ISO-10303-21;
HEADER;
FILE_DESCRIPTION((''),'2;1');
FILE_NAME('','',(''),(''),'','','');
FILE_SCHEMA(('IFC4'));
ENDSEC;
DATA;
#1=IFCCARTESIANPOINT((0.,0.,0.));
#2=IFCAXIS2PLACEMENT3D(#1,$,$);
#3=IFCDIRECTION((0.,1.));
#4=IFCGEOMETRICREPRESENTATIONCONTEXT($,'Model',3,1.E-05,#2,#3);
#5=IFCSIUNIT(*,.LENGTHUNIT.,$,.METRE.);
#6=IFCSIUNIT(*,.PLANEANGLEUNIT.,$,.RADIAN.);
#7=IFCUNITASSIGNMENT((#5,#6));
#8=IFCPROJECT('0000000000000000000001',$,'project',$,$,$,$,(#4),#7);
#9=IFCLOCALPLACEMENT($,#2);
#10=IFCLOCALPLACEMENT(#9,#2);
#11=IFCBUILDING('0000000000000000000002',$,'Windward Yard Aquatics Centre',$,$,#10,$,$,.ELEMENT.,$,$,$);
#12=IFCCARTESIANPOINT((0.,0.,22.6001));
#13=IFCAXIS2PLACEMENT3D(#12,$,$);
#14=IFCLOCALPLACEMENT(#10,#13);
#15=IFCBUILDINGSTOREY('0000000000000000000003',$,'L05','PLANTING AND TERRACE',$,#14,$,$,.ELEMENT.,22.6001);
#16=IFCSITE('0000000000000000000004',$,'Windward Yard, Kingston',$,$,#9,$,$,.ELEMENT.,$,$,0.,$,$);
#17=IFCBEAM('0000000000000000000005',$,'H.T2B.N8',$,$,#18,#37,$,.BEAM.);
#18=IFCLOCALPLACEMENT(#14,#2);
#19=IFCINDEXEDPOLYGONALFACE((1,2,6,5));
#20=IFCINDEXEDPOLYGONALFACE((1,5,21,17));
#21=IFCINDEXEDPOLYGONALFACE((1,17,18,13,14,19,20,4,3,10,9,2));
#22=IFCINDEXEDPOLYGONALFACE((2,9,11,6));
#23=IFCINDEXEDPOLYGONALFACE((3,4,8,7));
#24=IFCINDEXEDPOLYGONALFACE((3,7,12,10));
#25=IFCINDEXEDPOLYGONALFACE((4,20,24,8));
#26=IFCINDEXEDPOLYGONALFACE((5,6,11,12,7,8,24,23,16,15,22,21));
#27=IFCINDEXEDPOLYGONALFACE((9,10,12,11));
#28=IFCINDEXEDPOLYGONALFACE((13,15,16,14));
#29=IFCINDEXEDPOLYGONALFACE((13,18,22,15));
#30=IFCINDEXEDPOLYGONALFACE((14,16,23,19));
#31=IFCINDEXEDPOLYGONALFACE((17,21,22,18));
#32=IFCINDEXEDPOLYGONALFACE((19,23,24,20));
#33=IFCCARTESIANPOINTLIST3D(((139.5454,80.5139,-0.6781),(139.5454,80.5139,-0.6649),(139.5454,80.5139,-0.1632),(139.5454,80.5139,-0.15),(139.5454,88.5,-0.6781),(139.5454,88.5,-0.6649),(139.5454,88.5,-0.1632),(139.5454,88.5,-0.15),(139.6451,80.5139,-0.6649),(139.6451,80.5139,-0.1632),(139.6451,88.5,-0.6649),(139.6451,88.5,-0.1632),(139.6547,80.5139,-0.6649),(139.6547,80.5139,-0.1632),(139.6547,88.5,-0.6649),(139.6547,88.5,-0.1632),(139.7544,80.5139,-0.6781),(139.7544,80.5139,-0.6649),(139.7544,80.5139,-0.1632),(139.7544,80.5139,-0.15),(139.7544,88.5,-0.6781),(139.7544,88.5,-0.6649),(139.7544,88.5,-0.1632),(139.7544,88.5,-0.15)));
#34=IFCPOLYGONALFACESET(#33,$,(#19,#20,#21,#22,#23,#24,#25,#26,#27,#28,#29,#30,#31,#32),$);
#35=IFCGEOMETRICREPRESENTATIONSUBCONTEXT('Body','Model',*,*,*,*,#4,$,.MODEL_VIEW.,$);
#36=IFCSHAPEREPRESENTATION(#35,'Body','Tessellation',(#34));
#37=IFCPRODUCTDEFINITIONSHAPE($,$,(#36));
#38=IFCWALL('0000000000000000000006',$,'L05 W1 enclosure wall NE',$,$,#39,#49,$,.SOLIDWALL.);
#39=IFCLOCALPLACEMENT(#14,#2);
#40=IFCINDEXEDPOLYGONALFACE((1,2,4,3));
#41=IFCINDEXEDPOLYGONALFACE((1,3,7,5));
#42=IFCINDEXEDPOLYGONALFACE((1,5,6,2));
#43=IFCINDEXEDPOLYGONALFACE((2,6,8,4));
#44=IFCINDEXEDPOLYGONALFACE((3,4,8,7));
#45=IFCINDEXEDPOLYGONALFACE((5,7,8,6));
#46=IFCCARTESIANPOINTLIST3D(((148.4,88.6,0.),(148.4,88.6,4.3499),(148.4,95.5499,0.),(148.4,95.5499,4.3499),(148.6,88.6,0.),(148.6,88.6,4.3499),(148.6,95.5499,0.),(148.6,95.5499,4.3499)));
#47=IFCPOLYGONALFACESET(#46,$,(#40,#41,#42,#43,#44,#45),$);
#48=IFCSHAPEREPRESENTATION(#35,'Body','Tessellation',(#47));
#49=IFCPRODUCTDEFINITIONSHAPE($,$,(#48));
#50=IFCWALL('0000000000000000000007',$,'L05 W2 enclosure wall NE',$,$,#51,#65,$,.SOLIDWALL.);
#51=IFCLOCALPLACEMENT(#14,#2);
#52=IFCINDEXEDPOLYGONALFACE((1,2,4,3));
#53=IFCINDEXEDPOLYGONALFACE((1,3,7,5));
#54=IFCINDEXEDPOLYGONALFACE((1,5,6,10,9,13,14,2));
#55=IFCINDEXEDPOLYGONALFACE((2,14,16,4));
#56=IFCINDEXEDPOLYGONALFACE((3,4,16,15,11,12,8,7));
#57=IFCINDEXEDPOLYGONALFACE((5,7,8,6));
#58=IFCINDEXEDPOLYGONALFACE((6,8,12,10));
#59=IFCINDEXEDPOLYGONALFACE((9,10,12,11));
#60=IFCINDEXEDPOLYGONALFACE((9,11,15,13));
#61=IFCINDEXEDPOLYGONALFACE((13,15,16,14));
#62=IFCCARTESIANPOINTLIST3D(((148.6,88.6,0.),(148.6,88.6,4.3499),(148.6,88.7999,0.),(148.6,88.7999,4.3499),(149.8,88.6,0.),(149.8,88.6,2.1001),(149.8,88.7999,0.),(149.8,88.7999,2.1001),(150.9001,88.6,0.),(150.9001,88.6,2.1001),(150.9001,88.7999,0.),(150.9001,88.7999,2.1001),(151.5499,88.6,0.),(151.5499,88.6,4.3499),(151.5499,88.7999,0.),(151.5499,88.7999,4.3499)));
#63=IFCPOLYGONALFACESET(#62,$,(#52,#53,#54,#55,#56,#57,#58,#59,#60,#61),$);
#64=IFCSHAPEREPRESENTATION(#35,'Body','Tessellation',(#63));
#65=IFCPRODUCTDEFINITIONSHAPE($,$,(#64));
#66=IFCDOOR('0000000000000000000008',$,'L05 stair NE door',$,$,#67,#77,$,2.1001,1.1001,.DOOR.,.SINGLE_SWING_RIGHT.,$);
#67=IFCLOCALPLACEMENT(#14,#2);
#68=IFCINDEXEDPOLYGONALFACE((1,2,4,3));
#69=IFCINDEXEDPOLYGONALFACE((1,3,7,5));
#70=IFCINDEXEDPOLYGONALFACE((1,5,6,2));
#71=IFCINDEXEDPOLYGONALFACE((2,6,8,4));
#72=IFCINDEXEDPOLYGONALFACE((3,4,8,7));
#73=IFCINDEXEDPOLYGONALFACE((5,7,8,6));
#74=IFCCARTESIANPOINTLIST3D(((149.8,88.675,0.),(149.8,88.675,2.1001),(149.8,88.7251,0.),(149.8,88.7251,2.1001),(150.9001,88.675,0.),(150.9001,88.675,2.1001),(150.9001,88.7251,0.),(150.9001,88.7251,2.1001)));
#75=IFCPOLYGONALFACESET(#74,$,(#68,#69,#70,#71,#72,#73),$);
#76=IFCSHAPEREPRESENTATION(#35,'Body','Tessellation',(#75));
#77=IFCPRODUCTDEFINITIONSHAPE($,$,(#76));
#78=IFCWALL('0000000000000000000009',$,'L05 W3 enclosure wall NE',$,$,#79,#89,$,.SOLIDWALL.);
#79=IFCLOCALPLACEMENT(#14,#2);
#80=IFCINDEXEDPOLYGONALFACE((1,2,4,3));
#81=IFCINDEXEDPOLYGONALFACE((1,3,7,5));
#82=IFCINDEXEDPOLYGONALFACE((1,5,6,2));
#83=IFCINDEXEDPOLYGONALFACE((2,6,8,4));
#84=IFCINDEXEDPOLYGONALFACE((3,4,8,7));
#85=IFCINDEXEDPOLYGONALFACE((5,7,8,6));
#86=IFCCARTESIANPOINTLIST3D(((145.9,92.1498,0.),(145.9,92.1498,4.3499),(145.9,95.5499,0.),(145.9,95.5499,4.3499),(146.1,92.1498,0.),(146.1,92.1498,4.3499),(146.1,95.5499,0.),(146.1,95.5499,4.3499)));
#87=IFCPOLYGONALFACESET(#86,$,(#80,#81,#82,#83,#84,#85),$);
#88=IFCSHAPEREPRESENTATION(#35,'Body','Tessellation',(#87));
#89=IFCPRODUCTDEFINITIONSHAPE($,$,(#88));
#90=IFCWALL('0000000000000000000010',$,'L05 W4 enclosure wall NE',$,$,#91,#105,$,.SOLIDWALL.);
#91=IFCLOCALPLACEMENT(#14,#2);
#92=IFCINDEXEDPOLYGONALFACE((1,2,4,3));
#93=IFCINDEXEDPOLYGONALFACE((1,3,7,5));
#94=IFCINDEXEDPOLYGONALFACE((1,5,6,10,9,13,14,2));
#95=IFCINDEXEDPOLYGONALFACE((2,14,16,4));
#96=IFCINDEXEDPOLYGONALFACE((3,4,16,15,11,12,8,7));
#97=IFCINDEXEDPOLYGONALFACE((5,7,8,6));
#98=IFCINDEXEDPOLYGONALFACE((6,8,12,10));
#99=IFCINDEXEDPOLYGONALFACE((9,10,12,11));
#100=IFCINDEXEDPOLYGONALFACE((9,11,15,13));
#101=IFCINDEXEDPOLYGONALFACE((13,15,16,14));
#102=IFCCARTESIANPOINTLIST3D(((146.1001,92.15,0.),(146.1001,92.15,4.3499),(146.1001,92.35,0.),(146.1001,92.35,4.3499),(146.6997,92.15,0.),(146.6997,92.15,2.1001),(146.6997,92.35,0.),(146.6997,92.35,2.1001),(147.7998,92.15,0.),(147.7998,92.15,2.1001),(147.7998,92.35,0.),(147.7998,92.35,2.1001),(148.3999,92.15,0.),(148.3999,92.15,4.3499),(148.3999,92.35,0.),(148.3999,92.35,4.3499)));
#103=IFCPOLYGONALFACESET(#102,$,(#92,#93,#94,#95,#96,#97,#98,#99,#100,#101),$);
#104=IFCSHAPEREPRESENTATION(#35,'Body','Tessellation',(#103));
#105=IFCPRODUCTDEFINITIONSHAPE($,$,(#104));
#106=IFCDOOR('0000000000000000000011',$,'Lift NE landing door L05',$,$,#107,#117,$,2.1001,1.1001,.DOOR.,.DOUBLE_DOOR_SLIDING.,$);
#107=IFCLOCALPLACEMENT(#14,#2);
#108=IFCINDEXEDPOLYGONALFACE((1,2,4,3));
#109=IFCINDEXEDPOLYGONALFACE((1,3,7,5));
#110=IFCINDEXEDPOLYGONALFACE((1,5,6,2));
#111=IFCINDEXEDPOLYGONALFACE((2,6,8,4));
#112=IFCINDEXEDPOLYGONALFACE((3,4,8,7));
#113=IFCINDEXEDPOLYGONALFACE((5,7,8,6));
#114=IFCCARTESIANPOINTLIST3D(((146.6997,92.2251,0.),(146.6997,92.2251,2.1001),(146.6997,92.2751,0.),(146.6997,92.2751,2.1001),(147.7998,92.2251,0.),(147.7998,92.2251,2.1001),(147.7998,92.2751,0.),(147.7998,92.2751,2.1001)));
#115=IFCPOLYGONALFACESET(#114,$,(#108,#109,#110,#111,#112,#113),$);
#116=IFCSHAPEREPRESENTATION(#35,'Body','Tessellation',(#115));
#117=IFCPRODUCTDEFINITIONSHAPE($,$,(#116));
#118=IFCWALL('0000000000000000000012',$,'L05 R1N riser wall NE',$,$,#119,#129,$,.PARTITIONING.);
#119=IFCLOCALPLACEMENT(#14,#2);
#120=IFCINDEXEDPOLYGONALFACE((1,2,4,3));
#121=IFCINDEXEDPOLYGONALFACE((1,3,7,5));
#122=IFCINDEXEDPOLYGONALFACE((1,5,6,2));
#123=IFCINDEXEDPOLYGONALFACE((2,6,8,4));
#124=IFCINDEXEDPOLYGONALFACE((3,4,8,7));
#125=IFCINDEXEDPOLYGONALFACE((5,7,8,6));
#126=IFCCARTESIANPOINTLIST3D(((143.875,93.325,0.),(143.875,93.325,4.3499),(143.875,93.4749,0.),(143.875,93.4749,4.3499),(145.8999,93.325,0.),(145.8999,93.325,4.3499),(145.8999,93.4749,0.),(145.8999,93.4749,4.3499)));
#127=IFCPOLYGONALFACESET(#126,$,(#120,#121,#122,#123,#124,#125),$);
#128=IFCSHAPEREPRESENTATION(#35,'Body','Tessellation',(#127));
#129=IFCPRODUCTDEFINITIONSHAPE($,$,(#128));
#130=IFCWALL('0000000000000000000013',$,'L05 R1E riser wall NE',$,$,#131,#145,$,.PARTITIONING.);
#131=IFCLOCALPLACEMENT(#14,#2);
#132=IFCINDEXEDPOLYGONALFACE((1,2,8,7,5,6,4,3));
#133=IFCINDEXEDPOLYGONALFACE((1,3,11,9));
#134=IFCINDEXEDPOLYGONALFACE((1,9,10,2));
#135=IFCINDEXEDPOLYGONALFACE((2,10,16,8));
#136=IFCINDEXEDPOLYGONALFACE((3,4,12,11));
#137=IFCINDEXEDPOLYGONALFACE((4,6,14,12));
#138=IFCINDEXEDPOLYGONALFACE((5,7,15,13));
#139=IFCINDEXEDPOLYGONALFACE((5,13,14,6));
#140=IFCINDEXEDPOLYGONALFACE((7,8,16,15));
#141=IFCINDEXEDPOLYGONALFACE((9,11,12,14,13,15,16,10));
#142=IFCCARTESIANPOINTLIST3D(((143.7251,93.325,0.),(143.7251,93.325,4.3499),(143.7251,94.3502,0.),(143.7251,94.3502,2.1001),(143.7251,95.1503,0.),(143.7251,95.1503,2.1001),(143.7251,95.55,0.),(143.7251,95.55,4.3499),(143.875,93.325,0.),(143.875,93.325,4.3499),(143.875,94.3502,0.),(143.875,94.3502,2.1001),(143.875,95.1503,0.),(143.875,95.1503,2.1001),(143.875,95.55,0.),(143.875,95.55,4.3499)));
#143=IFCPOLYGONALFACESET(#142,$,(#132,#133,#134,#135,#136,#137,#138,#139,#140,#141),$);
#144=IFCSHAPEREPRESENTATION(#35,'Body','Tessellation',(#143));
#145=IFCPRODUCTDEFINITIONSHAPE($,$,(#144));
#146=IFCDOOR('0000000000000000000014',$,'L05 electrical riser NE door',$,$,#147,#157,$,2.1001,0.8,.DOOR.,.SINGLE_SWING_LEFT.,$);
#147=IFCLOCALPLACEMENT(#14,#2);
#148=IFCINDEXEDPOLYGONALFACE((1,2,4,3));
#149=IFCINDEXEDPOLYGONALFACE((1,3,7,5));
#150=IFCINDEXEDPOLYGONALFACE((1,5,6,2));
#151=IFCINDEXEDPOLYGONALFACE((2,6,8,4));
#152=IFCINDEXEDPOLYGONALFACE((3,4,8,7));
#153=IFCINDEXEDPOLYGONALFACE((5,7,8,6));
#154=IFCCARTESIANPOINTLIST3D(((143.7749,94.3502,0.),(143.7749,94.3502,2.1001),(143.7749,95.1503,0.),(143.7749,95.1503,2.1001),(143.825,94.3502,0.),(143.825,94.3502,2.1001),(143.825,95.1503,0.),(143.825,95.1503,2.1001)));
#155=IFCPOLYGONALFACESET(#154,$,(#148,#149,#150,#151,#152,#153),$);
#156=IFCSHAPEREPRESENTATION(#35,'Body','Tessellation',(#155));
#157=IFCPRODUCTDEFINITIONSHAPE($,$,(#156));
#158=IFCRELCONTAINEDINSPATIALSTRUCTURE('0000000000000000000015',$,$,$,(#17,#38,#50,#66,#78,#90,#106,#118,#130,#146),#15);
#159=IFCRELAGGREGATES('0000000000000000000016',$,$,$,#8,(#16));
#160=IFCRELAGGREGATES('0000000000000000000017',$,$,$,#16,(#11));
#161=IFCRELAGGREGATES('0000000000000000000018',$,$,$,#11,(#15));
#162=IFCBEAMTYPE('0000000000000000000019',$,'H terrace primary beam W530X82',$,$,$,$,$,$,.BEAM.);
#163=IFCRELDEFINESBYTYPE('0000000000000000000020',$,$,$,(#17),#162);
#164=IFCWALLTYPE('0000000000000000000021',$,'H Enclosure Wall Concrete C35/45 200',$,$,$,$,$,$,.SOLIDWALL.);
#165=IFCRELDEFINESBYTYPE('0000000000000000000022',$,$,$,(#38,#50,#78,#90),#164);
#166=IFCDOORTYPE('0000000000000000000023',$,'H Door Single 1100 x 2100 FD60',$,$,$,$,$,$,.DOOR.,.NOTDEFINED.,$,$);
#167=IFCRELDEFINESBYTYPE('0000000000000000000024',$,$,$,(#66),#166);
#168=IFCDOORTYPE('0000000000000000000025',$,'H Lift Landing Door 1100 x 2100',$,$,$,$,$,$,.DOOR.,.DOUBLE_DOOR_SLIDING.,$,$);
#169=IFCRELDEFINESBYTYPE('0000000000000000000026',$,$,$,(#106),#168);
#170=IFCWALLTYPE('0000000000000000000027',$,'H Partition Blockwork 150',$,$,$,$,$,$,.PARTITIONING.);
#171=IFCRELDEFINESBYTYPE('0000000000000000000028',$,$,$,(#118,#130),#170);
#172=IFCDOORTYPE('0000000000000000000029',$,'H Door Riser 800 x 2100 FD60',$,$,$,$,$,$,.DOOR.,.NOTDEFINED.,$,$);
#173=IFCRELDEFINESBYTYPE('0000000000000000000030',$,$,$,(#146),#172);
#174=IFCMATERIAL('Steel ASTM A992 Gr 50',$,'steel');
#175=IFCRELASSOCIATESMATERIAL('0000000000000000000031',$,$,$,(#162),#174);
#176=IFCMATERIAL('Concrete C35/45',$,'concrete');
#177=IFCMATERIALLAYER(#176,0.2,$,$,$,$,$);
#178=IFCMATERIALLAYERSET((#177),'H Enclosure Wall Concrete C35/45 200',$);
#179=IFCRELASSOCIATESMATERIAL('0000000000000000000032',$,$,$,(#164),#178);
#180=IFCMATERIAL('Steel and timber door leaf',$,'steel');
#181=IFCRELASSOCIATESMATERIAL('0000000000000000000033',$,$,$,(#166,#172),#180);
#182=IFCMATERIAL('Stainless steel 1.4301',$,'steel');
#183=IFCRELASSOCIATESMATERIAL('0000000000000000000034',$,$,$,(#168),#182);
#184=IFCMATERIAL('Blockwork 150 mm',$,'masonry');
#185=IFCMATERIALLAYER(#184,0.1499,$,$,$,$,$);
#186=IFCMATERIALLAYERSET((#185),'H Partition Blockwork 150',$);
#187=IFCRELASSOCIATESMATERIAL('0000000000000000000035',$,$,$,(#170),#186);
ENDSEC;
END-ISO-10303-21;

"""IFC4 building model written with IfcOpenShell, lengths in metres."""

from ifc_helpers import new_model, si_unit, direction, frame, frame_2d, origin, origin_2d, place, context, subcontext, project, spatial, rectangle, i_section, extrude, material, layer, layer_set, material_profile, profile_set, type_object, element, fill, save


model = new_model("IFC4")

# Units and contexts
model_context = context("Model", 3, precision=1e-05, world=origin(), true_north=direction((0.0, 1.0)))
body_context = subcontext(model_context, "Body", "Model", "MODEL_VIEW")
ifc_project = project(units=[si_unit("LENGTHUNIT", "METRE"), si_unit("PLANEANGLEUNIT", "RADIAN")], contexts=[model_context])

# Site, building, storey
site_placement = place(None, origin())
site = spatial("IfcSite", under=ifc_project, at=site_placement, Name="Windward Yard, Kingston", CompositionType="ELEMENT", RefElevation=0.0)
building_placement = place(site_placement, origin())
building = spatial("IfcBuilding", under=site, at=building_placement, Name="Windward Yard Aquatics Centre", CompositionType="ELEMENT")
storey_placement = place(building_placement, frame((0.0, 0.0, 22.6001)))
storey = spatial("IfcBuildingStorey", under=building, at=storey_placement, Name="L05", Description="PLANTING AND TERRACE", CompositionType="ELEMENT", Elevation=22.6001)

# Beam
ifc_material_1 = material(Name="Steel ASTM A992 Gr 50", Category="steel")
ifc_material_profile = material_profile(ifc_material_1, i_section(OverallWidth=0.209, OverallDepth=0.5281, WebThickness=0.0095, FlangeThickness=0.0132, at=origin_2d()), Name="W530X82")
ifc_profile_set = profile_set([ifc_material_profile], Name="Steel ASTM A992 Gr 50")
beam_type = type_object("IfcBeamType", Name="H terrace primary beam W530X82", PredefinedType="BEAM", material=ifc_profile_set)
beam_placement = place(storey_placement, frame((139.6499, 88.5, -0.4141), z_axis=(0.0, -1.0, 0.0), x_axis=(1.0, 0.0, 0.0)))
element("IfcBeam", 1, at=beam_placement, inside=storey, type_object=beam_type, Name="H.T2B.N8", PredefinedType="BEAM", context=body_context, shape_type="SweptSolid", body=[
    extrude(i_section(OverallWidth=0.209, OverallDepth=0.5281, WebThickness=0.0095, FlangeThickness=0.0132, at=origin_2d()), origin(), (0.0, 0.0, 1.0), 7.9861),
])

# Wall
ifc_material_2 = material(Name="Concrete C35/45", Category="concrete")
ifc_layer_1 = layer(ifc_material_2, 0.2)
ifc_layer_set_1 = layer_set([ifc_layer_1], Name="H Enclosure Wall Concrete C35/45 200")
wall_type_1 = type_object("IfcWallType", Name="H Enclosure Wall Concrete C35/45 200", PredefinedType="SOLIDWALL", material=ifc_layer_set_1)
wall_1_placement = place(storey_placement, frame((148.5, 95.55, 0.0), z_axis=(0.0, 0.0, 1.0), x_axis=(0.0, -1.0, 0.0)))
element("IfcWall", 2, at=wall_1_placement, inside=storey, type_object=wall_type_1, Name="L05 W1 enclosure wall NE", PredefinedType="SOLIDWALL", context=body_context, shape_type="SweptSolid", body=[
    extrude(rectangle(XDim=6.95, YDim=0.2, at=frame_2d((3.4751, 0.0))), origin(), (0.0, 0.0, 1.0), 4.3499),
])

# Wall, opening, door
wall_2_placement = place(storey_placement, frame((151.55, 88.7, 0.0), z_axis=(0.0, 0.0, 1.0), x_axis=(-1.0, 0.0, 0.0)))
wall_2 = element("IfcWall", 3, at=wall_2_placement, inside=storey, type_object=wall_type_1, Name="L05 W2 enclosure wall NE", PredefinedType="SOLIDWALL", context=body_context, shape_type="SweptSolid", body=[
    extrude(rectangle(XDim=2.95, YDim=0.2, at=frame_2d((1.4751, 0.0))), origin(), (0.0, 0.0, 1.0), 4.3499),
])
opening_1_placement = place(wall_2_placement, frame((0.6499, 0.0, 0.0)))
opening_1 = element("IfcOpeningElement", 4, at=opening_1_placement, cuts=wall_2, PredefinedType="OPENING", context=body_context, shape_type="SweptSolid", body=[
    extrude(rectangle(XDim=1.1001, YDim=2.1001, at=frame_2d((0.55, 1.05))), frame((0.0, 0.1099, 0.0), z_axis=(0.0, -1.0, 0.0), x_axis=(1.0, 0.0, 0.0)), (0.0, 0.0, 1.0), 0.22),
])
ifc_material_3 = material(Name="Steel and timber door leaf", Category="steel")
door_type_1 = type_object("IfcDoorType", Name="H Door Single 1100 x 2100 FD60", OperationType="NOTDEFINED", PredefinedType="DOOR", material=ifc_material_3)
door_1_placement = place(opening_1_placement, origin())
door_1 = element("IfcDoor", 5, at=door_1_placement, inside=storey, type_object=door_type_1, Name="L05 stair NE door", OperationType="SINGLE_SWING_RIGHT", OverallHeight=2.1001, OverallWidth=1.1001, PredefinedType="DOOR", context=body_context, shape_type="SweptSolid", body=[
    extrude(rectangle(XDim=1.1001, YDim=2.1001, at=frame_2d((0.55, 1.05))), frame((0.0, 0.0249, 0.0), z_axis=(0.0, -1.0, 0.0), x_axis=(1.0, 0.0, 0.0)), (0.0, 0.0, 1.0), 0.05),
])
fill(opening_1, door_1)

# Wall
wall_3_placement = place(storey_placement, frame((146.0, 95.55, 0.0), z_axis=(0.0, 0.0, 1.0), x_axis=(0.0, -1.0, 0.0)))
element("IfcWall", 6, at=wall_3_placement, inside=storey, type_object=wall_type_1, Name="L05 W3 enclosure wall NE", PredefinedType="SOLIDWALL", context=body_context, shape_type="SweptSolid", body=[
    extrude(rectangle(XDim=3.4001, YDim=0.2, at=frame_2d((1.7002, 0.0))), origin(), (0.0, 0.0, 1.0), 4.3499),
])

# Wall, opening, door
wall_4_placement = place(storey_placement, frame((148.3999, 92.25, 0.0), z_axis=(0.0, 0.0, 1.0), x_axis=(-1.0, 0.0, 0.0)))
wall_4 = element("IfcWall", 7, at=wall_4_placement, inside=storey, type_object=wall_type_1, Name="L05 W4 enclosure wall NE", PredefinedType="SOLIDWALL", context=body_context, shape_type="SweptSolid", body=[
    extrude(rectangle(XDim=2.2998, YDim=0.2, at=frame_2d((1.1499, 0.0))), origin(), (0.0, 0.0, 1.0), 4.3499),
])
opening_2_placement = place(wall_4_placement, frame((0.6001, 0.0, 0.0)))
opening_2 = element("IfcOpeningElement", 8, at=opening_2_placement, cuts=wall_4, PredefinedType="OPENING", context=body_context, shape_type="SweptSolid", body=[
    extrude(rectangle(XDim=1.1001, YDim=2.1001, at=frame_2d((0.55, 1.05))), frame((0.0, 0.1099, 0.0), z_axis=(0.0, -1.0, 0.0), x_axis=(1.0, 0.0, 0.0)), (0.0, 0.0, 1.0), 0.22),
])
ifc_material_4 = material(Name="Stainless steel 1.4301", Category="steel")
door_type_2 = type_object("IfcDoorType", Name="H Lift Landing Door 1100 x 2100", OperationType="DOUBLE_DOOR_SLIDING", PredefinedType="DOOR", material=ifc_material_4)
door_2_placement = place(opening_2_placement, origin())
door_2 = element("IfcDoor", 9, at=door_2_placement, inside=storey, type_object=door_type_2, Name="Lift NE landing door L05", OperationType="DOUBLE_DOOR_SLIDING", OverallHeight=2.1001, OverallWidth=1.1001, PredefinedType="DOOR", context=body_context, shape_type="SweptSolid", body=[
    extrude(rectangle(XDim=1.1001, YDim=2.1001, at=frame_2d((0.55, 1.05))), frame((0.0, 0.0249, 0.0), z_axis=(0.0, -1.0, 0.0), x_axis=(1.0, 0.0, 0.0)), (0.0, 0.0, 1.0), 0.05),
])
fill(opening_2, door_2)

# Wall
ifc_material_5 = material(Name="Blockwork 150 mm", Category="masonry")
ifc_layer_2 = layer(ifc_material_5, 0.1499)
ifc_layer_set_2 = layer_set([ifc_layer_2], Name="H Partition Blockwork 150")
wall_type_2 = type_object("IfcWallType", Name="H Partition Blockwork 150", PredefinedType="PARTITIONING", material=ifc_layer_set_2)
wall_5_placement = place(storey_placement, frame((145.8999, 93.3999, 0.0), z_axis=(0.0, 0.0, 1.0), x_axis=(-1.0, 0.0, 0.0)))
element("IfcWall", 10, at=wall_5_placement, inside=storey, type_object=wall_type_2, Name="L05 R1N riser wall NE", PredefinedType="PARTITIONING", context=body_context, shape_type="SweptSolid", body=[
    extrude(rectangle(XDim=2.0249, YDim=0.1499, at=frame_2d((1.0125, 0.0))), origin(), (0.0, 0.0, 1.0), 4.3499),
])

# Wall, opening, door
wall_6_placement = place(storey_placement, frame((143.8, 95.55, 0.0), z_axis=(0.0, 0.0, 1.0), x_axis=(0.0, -1.0, 0.0)))
wall_6 = element("IfcWall", 11, at=wall_6_placement, inside=storey, type_object=wall_type_2, Name="L05 R1E riser wall NE", PredefinedType="PARTITIONING", context=body_context, shape_type="SweptSolid", body=[
    extrude(rectangle(XDim=2.2251, YDim=0.1499, at=frame_2d((1.1125, 0.0))), origin(), (0.0, 0.0, 1.0), 4.3499),
])
opening_3_placement = place(wall_6_placement, frame((0.3999, 0.0, 0.0)))
opening_3 = element("IfcOpeningElement", 12, at=opening_3_placement, cuts=wall_6, PredefinedType="OPENING", context=body_context, shape_type="SweptSolid", body=[
    extrude(rectangle(XDim=0.8, YDim=2.1001, at=frame_2d((0.3999, 1.05))), frame((0.0, 0.085, 0.0), z_axis=(0.0, -1.0, 0.0), x_axis=(1.0, 0.0, 0.0)), (0.0, 0.0, 1.0), 0.1699),
])
door_type_3 = type_object("IfcDoorType", Name="H Door Riser 800 x 2100 FD60", OperationType="NOTDEFINED", PredefinedType="DOOR", material=ifc_material_3)
door_3_placement = place(opening_3_placement, origin())
door_3 = element("IfcDoor", 13, at=door_3_placement, inside=storey, type_object=door_type_3, Name="L05 electrical riser NE door", OperationType="SINGLE_SWING_LEFT", OverallHeight=2.1001, OverallWidth=0.8, PredefinedType="DOOR", context=body_context, shape_type="SweptSolid", body=[
    extrude(rectangle(XDim=0.8, YDim=2.1001, at=frame_2d((0.3999, 1.05))), frame((0.0, 0.0249, 0.0), z_axis=(0.0, -1.0, 0.0), x_axis=(1.0, 0.0, 0.0)), (0.0, 0.0, 1.0), 0.05),
])
fill(opening_3, door_3)

save(model, "model.ifc")
